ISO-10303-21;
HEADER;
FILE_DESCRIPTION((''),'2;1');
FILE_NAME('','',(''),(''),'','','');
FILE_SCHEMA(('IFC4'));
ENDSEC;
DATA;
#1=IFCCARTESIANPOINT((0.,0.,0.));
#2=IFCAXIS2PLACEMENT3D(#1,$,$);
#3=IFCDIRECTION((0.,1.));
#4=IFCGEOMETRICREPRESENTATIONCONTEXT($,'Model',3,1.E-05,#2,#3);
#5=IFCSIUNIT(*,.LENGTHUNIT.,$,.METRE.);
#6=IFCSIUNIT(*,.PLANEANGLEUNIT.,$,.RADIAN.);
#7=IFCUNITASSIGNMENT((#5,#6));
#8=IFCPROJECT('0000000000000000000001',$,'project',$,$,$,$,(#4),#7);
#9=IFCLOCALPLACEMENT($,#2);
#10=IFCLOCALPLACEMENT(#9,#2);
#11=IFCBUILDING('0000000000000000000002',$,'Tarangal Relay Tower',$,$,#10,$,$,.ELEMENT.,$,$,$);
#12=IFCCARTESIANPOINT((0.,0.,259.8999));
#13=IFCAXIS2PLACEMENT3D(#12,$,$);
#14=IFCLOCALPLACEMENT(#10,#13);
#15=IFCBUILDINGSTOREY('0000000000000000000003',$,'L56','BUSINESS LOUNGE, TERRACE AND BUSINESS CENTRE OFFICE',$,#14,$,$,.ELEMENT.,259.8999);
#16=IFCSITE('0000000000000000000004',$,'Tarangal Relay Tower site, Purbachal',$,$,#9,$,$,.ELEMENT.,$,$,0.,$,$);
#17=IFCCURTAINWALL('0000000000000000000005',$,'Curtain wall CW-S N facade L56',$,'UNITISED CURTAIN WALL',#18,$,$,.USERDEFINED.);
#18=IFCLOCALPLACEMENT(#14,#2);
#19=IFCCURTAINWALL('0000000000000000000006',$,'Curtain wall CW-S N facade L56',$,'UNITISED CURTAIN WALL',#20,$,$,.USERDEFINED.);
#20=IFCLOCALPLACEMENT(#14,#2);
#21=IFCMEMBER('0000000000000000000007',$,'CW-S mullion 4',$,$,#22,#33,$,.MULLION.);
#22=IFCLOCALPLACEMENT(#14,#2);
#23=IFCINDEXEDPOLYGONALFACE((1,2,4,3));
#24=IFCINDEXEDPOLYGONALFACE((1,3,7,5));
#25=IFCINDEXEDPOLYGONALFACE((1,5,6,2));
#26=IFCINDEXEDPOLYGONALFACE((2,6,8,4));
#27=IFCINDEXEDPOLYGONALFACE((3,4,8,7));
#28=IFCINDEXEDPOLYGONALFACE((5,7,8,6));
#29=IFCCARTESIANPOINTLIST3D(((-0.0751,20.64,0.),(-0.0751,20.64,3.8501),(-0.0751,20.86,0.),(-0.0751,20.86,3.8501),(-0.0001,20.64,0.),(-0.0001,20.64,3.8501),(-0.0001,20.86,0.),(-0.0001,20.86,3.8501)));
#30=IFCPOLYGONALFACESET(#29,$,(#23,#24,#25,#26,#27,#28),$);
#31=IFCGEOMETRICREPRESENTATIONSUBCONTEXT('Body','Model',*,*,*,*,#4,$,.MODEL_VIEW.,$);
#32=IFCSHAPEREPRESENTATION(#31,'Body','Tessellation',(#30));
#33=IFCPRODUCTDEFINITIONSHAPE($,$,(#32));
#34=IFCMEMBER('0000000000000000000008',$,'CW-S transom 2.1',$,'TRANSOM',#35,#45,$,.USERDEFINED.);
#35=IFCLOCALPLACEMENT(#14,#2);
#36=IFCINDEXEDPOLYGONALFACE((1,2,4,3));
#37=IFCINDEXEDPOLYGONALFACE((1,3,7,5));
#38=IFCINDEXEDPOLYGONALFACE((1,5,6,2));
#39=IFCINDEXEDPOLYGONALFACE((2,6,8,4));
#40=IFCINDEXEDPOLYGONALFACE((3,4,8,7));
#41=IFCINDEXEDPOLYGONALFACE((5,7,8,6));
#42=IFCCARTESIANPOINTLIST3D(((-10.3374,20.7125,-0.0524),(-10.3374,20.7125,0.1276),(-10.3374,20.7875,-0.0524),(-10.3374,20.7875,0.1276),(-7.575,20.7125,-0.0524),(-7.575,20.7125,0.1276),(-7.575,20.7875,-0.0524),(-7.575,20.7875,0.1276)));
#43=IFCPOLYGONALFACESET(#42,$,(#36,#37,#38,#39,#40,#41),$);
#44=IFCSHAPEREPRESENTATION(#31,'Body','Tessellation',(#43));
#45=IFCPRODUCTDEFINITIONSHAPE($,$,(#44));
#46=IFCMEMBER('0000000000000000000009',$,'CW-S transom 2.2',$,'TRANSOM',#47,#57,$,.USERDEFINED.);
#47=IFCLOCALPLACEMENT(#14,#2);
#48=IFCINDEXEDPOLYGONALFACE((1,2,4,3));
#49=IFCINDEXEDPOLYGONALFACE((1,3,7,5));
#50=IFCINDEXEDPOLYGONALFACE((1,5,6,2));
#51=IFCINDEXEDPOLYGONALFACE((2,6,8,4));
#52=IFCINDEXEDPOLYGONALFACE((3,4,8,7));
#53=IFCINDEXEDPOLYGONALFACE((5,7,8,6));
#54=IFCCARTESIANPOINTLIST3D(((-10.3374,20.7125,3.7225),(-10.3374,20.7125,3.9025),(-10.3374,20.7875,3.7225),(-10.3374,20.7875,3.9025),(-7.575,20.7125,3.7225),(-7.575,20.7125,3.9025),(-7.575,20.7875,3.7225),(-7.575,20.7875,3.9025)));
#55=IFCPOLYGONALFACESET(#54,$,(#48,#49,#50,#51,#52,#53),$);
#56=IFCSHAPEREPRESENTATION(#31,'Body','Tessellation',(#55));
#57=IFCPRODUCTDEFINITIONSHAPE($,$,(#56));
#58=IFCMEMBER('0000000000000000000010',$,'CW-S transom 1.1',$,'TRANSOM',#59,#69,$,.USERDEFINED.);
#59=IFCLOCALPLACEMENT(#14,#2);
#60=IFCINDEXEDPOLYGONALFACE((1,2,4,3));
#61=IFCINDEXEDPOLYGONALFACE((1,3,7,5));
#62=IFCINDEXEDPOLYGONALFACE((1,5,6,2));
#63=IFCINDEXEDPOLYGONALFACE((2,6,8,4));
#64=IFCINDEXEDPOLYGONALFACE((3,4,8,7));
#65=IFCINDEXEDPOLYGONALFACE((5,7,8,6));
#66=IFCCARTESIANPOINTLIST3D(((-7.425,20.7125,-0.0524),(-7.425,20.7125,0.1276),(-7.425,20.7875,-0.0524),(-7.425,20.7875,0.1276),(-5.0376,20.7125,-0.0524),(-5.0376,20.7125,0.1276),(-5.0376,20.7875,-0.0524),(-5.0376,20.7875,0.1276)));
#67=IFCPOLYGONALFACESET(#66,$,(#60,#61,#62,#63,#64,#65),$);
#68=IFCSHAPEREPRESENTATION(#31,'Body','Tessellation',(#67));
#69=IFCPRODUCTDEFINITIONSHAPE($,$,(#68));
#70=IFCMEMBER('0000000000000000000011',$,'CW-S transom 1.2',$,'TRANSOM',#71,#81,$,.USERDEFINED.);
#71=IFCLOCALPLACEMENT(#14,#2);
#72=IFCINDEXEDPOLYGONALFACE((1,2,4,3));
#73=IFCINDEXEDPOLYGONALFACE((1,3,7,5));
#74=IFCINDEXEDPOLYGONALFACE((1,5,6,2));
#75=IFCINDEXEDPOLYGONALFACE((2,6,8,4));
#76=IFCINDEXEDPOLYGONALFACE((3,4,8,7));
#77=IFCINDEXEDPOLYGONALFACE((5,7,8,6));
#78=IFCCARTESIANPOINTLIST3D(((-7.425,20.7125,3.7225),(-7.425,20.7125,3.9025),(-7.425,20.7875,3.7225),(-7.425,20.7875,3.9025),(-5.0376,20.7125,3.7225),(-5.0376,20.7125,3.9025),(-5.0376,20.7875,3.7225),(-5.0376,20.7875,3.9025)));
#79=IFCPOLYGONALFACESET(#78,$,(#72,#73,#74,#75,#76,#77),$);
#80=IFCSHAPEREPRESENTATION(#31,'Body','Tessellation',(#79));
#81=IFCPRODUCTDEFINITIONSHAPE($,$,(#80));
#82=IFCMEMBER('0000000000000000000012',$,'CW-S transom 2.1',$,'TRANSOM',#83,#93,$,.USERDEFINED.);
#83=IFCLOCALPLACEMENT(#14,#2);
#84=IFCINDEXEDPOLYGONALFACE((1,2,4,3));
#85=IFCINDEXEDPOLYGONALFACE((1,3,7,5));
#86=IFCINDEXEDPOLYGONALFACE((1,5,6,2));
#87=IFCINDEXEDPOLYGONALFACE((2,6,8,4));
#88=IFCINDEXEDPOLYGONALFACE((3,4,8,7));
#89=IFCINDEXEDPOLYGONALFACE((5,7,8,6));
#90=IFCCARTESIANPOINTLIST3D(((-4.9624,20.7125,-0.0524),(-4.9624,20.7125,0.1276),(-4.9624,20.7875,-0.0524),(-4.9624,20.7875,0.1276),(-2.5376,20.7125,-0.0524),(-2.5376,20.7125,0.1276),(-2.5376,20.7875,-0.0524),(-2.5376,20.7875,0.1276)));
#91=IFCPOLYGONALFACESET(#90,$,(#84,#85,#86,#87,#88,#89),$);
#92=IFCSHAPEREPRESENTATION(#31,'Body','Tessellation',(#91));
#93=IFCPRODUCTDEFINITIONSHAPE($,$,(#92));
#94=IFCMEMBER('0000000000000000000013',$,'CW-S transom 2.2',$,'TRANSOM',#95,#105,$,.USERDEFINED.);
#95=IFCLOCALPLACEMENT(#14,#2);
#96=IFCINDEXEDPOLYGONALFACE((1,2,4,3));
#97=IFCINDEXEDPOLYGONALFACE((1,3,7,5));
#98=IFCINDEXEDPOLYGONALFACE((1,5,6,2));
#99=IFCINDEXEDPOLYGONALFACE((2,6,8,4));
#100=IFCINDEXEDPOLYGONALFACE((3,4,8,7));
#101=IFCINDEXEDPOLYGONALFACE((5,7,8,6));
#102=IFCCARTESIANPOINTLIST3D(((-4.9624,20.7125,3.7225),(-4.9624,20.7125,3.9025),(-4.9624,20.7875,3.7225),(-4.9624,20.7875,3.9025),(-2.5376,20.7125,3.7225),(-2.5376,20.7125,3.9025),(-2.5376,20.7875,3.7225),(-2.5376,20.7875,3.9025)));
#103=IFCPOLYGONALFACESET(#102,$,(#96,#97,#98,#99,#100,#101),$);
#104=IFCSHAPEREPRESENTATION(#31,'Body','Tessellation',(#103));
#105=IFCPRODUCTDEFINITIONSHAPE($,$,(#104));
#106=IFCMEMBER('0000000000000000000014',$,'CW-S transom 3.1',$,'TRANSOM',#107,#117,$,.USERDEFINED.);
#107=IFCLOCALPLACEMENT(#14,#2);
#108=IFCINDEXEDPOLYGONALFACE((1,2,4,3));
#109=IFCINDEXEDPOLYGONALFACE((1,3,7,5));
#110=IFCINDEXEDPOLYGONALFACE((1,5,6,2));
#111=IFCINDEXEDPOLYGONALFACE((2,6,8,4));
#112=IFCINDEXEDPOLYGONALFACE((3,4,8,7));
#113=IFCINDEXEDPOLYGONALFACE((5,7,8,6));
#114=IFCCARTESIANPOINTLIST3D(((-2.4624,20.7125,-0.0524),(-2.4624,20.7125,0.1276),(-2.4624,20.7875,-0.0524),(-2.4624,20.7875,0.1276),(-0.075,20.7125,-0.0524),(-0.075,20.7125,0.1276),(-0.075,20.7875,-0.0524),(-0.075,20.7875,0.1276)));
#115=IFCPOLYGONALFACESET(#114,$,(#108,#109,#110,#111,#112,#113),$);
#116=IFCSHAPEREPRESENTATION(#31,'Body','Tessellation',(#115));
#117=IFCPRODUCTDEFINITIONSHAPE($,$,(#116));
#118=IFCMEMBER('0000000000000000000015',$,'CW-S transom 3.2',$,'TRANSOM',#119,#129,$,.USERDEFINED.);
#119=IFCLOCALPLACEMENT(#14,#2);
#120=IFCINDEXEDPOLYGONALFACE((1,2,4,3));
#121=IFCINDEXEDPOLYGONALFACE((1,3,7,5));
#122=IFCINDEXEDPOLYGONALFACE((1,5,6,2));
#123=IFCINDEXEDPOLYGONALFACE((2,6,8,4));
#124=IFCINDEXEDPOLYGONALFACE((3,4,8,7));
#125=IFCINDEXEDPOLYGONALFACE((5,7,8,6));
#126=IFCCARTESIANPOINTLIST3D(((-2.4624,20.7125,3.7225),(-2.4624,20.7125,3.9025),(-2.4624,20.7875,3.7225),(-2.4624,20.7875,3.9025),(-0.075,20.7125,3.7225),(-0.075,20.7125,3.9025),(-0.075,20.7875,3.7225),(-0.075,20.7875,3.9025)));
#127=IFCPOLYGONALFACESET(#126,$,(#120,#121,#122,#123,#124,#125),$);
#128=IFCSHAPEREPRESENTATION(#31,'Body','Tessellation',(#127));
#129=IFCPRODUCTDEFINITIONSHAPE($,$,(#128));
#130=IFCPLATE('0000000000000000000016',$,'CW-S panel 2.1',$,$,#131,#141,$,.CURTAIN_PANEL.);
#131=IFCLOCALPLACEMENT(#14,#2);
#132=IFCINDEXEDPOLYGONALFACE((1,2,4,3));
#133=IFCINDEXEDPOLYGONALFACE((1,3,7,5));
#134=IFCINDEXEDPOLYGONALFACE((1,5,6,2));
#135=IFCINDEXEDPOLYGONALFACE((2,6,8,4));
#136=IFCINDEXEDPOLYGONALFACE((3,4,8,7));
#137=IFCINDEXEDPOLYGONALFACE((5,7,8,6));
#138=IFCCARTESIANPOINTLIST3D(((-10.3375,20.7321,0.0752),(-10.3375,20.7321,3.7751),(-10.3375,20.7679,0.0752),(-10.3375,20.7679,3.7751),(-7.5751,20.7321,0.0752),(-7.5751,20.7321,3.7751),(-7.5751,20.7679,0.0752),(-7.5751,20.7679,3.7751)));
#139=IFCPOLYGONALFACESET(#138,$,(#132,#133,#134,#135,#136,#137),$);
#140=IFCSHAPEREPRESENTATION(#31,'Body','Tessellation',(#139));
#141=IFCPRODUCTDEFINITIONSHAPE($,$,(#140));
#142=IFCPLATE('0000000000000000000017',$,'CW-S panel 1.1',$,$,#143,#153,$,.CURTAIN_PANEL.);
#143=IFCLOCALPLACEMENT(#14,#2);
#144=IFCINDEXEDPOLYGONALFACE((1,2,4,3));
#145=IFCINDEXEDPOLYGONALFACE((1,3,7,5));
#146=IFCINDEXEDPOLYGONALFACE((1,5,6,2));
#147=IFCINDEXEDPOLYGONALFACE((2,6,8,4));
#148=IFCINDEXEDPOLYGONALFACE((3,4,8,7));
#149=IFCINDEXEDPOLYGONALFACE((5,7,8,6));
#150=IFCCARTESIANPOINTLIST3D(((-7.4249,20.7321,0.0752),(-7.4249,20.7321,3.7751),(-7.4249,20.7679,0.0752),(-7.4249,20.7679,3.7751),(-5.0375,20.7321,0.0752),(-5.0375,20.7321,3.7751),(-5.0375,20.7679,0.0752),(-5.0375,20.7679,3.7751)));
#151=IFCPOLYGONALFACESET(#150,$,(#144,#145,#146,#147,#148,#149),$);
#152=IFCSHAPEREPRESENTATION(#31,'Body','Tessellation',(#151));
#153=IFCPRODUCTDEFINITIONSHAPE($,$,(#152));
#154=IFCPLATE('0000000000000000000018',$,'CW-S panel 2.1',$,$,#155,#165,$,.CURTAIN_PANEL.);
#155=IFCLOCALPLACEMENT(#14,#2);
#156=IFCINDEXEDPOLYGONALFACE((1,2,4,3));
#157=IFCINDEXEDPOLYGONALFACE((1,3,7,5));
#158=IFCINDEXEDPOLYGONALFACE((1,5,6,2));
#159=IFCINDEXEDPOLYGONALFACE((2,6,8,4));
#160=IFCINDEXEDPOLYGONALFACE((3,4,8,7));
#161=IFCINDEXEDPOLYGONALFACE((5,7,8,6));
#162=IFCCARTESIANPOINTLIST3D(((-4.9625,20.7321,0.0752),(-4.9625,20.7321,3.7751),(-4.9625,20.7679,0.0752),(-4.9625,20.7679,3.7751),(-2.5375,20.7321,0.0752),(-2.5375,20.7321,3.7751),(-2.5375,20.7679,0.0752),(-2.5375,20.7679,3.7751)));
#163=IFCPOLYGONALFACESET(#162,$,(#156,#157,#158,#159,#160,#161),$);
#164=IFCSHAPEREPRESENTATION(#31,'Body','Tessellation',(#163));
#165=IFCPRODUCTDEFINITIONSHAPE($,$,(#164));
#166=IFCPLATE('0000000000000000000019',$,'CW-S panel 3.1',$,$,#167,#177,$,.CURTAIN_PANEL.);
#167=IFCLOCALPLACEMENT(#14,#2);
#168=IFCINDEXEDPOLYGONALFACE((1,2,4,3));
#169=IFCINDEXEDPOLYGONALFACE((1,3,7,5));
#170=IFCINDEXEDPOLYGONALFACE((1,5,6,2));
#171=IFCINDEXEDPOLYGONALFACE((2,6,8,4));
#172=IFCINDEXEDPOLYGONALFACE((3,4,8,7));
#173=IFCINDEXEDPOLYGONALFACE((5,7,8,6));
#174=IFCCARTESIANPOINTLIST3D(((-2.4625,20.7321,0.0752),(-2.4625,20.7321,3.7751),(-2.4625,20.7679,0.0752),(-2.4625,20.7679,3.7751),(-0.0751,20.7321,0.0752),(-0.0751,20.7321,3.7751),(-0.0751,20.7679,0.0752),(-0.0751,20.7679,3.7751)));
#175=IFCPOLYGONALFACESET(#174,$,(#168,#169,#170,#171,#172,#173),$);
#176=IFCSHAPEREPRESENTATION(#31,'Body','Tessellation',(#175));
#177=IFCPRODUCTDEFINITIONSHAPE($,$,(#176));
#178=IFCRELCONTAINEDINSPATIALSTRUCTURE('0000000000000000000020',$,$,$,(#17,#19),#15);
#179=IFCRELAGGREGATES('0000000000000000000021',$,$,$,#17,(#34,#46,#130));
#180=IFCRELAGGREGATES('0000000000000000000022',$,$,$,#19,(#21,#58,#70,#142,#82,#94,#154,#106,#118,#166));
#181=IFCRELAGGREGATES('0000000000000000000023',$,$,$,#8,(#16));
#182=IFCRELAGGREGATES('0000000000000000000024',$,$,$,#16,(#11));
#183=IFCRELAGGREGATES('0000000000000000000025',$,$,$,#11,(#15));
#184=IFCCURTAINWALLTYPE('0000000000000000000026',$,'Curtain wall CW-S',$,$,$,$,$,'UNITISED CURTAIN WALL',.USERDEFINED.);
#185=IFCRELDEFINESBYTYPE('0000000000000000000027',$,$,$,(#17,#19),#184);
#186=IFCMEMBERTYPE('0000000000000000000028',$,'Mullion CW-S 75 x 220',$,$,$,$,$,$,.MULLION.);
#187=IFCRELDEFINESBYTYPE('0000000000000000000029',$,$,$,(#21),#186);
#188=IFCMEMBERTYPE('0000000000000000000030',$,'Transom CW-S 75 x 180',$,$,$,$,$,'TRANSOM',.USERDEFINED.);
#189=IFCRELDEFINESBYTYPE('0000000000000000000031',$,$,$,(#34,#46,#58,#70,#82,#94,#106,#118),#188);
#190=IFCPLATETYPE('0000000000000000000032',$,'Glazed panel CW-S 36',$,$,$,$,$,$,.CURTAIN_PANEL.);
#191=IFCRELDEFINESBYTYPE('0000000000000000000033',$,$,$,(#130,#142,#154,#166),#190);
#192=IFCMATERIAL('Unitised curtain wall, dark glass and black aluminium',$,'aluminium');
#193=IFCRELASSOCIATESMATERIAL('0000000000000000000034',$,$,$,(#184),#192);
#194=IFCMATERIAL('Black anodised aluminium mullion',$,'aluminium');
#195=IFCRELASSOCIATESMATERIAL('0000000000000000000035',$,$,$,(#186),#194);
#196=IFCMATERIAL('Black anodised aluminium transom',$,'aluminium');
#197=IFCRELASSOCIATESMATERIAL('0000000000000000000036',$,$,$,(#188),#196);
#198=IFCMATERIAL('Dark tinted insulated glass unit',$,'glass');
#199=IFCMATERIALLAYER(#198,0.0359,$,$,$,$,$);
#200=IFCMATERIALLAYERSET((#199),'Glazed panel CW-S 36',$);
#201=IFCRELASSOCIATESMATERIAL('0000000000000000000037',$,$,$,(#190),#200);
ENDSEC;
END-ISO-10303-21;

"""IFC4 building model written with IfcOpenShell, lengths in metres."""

from ifc_helpers import new_model, si_unit, direction, frame, origin, origin_2d, place, context, subcontext, project, spatial, rectangle, extrude, material, layer, layer_set, material_profile, profile_set, type_object, element, aggregate, save


model = new_model("IFC4")

# Units and contexts
model_context = context("Model", 3, precision=1e-05, world=origin(), true_north=direction((0.0, 1.0)))
body_context = subcontext(model_context, "Body", "Model", "MODEL_VIEW")
ifc_project = project(units=[si_unit("LENGTHUNIT", "METRE"), si_unit("PLANEANGLEUNIT", "RADIAN")], contexts=[model_context])

# Site, building, storey
site_placement = place(None, origin())
site = spatial("IfcSite", under=ifc_project, at=site_placement, Name="Tarangal Relay Tower site, Purbachal", CompositionType="ELEMENT", RefElevation=0.0)
building_placement = place(site_placement, origin())
building = spatial("IfcBuilding", under=site, at=building_placement, Name="Tarangal Relay Tower", CompositionType="ELEMENT")
storey_placement = place(building_placement, frame((0.0, 0.0, 259.8999)))
storey = spatial("IfcBuildingStorey", under=building, at=storey_placement, Name="L56", Description="BUSINESS LOUNGE, TERRACE AND BUSINESS CENTRE OFFICE", CompositionType="ELEMENT", Elevation=259.8999)

# Curtain walls, member
ifc_material_1 = material(Name="Unitised curtain wall, dark glass and black aluminium", Category="aluminium")
curtain_wall_type = type_object("IfcCurtainWallType", Name="Curtain wall CW-S", ElementType="UNITISED CURTAIN WALL", PredefinedType="USERDEFINED", material=ifc_material_1)
curtain_wall_1_placement = place(storey_placement, origin())
curtain_wall_1 = element("IfcCurtainWall", 1, at=curtain_wall_1_placement, inside=storey, type_object=curtain_wall_type, Name="Curtain wall CW-S N facade L56", ObjectType="UNITISED CURTAIN WALL", PredefinedType="USERDEFINED")
ifc_material_2 = material(Name="Black anodised aluminium mullion", Category="aluminium")
ifc_material_profile_1 = material_profile(ifc_material_2, rectangle(XDim=0.22, YDim=0.075, at=origin_2d()), Name="CW-SM 75X220")
ifc_profile_set_1 = profile_set([ifc_material_profile_1], Name="Black anodised aluminium mullion")
member_type_1 = type_object("IfcMemberType", Name="Mullion CW-S 75 x 220", PredefinedType="MULLION", material=ifc_profile_set_1)
curtain_wall_2_placement = place(storey_placement, origin())
curtain_wall_2 = element("IfcCurtainWall", 2, at=curtain_wall_2_placement, inside=storey, type_object=curtain_wall_type, Name="Curtain wall CW-S N facade L56", ObjectType="UNITISED CURTAIN WALL", PredefinedType="USERDEFINED")
member_1_placement = place(storey_placement, frame((-0.0376, 20.75, 0.0), z_axis=(0.0, 0.0, 1.0), x_axis=(0.0, 1.0, 0.0)))
member_1 = element("IfcMember", 3, at=member_1_placement, type_object=member_type_1, Name="CW-S mullion 4", PredefinedType="MULLION", context=body_context, shape_type="SweptSolid", body=[
    extrude(rectangle(XDim=0.22, YDim=0.075, at=origin_2d()), origin(), (0.0, 0.0, 1.0), 3.8501),
])

# Members
ifc_material_3 = material(Name="Black anodised aluminium transom", Category="aluminium")
ifc_material_profile_2 = material_profile(ifc_material_3, rectangle(XDim=0.075, YDim=0.1799, at=origin_2d()), Name="CW-ST 75X180")
ifc_profile_set_2 = profile_set([ifc_material_profile_2], Name="Black anodised aluminium transom")
member_type_2 = type_object("IfcMemberType", Name="Transom CW-S 75 x 180", ElementType="TRANSOM", PredefinedType="USERDEFINED", material=ifc_profile_set_2)
member_2_placement = place(storey_placement, frame((-10.3374, 20.75, 0.0376), z_axis=(1.0, 0.0, 0.0), x_axis=(0.0, 1.0, 0.0)))
member_2 = element("IfcMember", 4, at=member_2_placement, type_object=member_type_2, Name="CW-S transom 2.1", ObjectType="TRANSOM", PredefinedType="USERDEFINED", context=body_context, shape_type="SweptSolid", body=[
    extrude(rectangle(XDim=0.075, YDim=0.1799, at=origin_2d()), origin(), (0.0, 0.0, 1.0), 2.7625),
])
member_3_placement = place(storey_placement, frame((-10.3374, 20.75, 3.8125), z_axis=(1.0, 0.0, 0.0), x_axis=(0.0, 1.0, 0.0)))
member_3 = element("IfcMember", 5, at=member_3_placement, type_object=member_type_2, Name="CW-S transom 2.2", ObjectType="TRANSOM", PredefinedType="USERDEFINED", context=body_context, shape_type="SweptSolid", body=[
    extrude(rectangle(XDim=0.075, YDim=0.1799, at=origin_2d()), origin(), (0.0, 0.0, 1.0), 2.7625),
])
member_4_placement = place(storey_placement, frame((-7.425, 20.75, 0.0376), z_axis=(1.0, 0.0, 0.0), x_axis=(0.0, 1.0, 0.0)))
member_4 = element("IfcMember", 6, at=member_4_placement, type_object=member_type_2, Name="CW-S transom 1.1", ObjectType="TRANSOM", PredefinedType="USERDEFINED", context=body_context, shape_type="SweptSolid", body=[
    extrude(rectangle(XDim=0.075, YDim=0.1799, at=origin_2d()), origin(), (0.0, 0.0, 1.0), 2.3875),
])
member_5_placement = place(storey_placement, frame((-7.425, 20.75, 3.8125), z_axis=(1.0, 0.0, 0.0), x_axis=(0.0, 1.0, 0.0)))
member_5 = element("IfcMember", 7, at=member_5_placement, type_object=member_type_2, Name="CW-S transom 1.2", ObjectType="TRANSOM", PredefinedType="USERDEFINED", context=body_context, shape_type="SweptSolid", body=[
    extrude(rectangle(XDim=0.075, YDim=0.1799, at=origin_2d()), origin(), (0.0, 0.0, 1.0), 2.3875),
])
member_6_placement = place(storey_placement, frame((-4.9624, 20.75, 0.0376), z_axis=(1.0, 0.0, 0.0), x_axis=(0.0, 1.0, 0.0)))
member_6 = element("IfcMember", 8, at=member_6_placement, type_object=member_type_2, Name="CW-S transom 2.1", ObjectType="TRANSOM", PredefinedType="USERDEFINED", context=body_context, shape_type="SweptSolid", body=[
    extrude(rectangle(XDim=0.075, YDim=0.1799, at=origin_2d()), origin(), (0.0, 0.0, 1.0), 2.4248),
])
member_7_placement = place(storey_placement, frame((-4.9624, 20.75, 3.8125), z_axis=(1.0, 0.0, 0.0), x_axis=(0.0, 1.0, 0.0)))
member_7 = element("IfcMember", 9, at=member_7_placement, type_object=member_type_2, Name="CW-S transom 2.2", ObjectType="TRANSOM", PredefinedType="USERDEFINED", context=body_context, shape_type="SweptSolid", body=[
    extrude(rectangle(XDim=0.075, YDim=0.1799, at=origin_2d()), origin(), (0.0, 0.0, 1.0), 2.4248),
])
member_8_placement = place(storey_placement, frame((-2.4624, 20.75, 0.0376), z_axis=(1.0, 0.0, 0.0), x_axis=(0.0, 1.0, 0.0)))
member_8 = element("IfcMember", 10, at=member_8_placement, type_object=member_type_2, Name="CW-S transom 3.1", ObjectType="TRANSOM", PredefinedType="USERDEFINED", context=body_context, shape_type="SweptSolid", body=[
    extrude(rectangle(XDim=0.075, YDim=0.1799, at=origin_2d()), origin(), (0.0, 0.0, 1.0), 2.3875),
])
member_9_placement = place(storey_placement, frame((-2.4624, 20.75, 3.8125), z_axis=(1.0, 0.0, 0.0), x_axis=(0.0, 1.0, 0.0)))
member_9 = element("IfcMember", 11, at=member_9_placement, type_object=member_type_2, Name="CW-S transom 3.2", ObjectType="TRANSOM", PredefinedType="USERDEFINED", context=body_context, shape_type="SweptSolid", body=[
    extrude(rectangle(XDim=0.075, YDim=0.1799, at=origin_2d()), origin(), (0.0, 0.0, 1.0), 2.3875),
])

# Plates
ifc_material_4 = material(Name="Dark tinted insulated glass unit", Category="glass")
ifc_layer_1 = layer(ifc_material_4, 0.0359)
ifc_layer_set_1 = layer_set([ifc_layer_1], Name="Glazed panel CW-S 36")
plate_type = type_object("IfcPlateType", Name="Glazed panel CW-S 36", PredefinedType="CURTAIN_PANEL", material=ifc_layer_set_1)
plate_1_placement = place(storey_placement, frame((-8.9563, 20.75, 0.0752), z_axis=(0.0, 0.0, 1.0), x_axis=(1.0, 0.0, 0.0)))
plate_1 = element("IfcPlate", 12, at=plate_1_placement, type_object=plate_type, Name="CW-S panel 2.1", PredefinedType="CURTAIN_PANEL", context=body_context, shape_type="SweptSolid", body=[
    extrude(rectangle(XDim=2.7625, YDim=0.0359, at=origin_2d()), origin(), (0.0, 0.0, 1.0), 3.7),
])
aggregate(curtain_wall_1, [member_2, member_3, plate_1])
plate_2_placement = place(storey_placement, frame((-6.2312, 20.75, 0.0752), z_axis=(0.0, 0.0, 1.0), x_axis=(1.0, 0.0, 0.0)))
plate_2 = element("IfcPlate", 13, at=plate_2_placement, type_object=plate_type, Name="CW-S panel 1.1", PredefinedType="CURTAIN_PANEL", context=body_context, shape_type="SweptSolid", body=[
    extrude(rectangle(XDim=2.3875, YDim=0.0359, at=origin_2d()), origin(), (0.0, 0.0, 1.0), 3.7),
])
plate_3_placement = place(storey_placement, frame((-3.75, 20.75, 0.0752), z_axis=(0.0, 0.0, 1.0), x_axis=(1.0, 0.0, 0.0)))
plate_3 = element("IfcPlate", 14, at=plate_3_placement, type_object=plate_type, Name="CW-S panel 2.1", PredefinedType="CURTAIN_PANEL", context=body_context, shape_type="SweptSolid", body=[
    extrude(rectangle(XDim=2.425, YDim=0.0359, at=origin_2d()), origin(), (0.0, 0.0, 1.0), 3.7),
])
plate_4_placement = place(storey_placement, frame((-1.2688, 20.75, 0.0752), z_axis=(0.0, 0.0, 1.0), x_axis=(1.0, 0.0, 0.0)))
plate_4 = element("IfcPlate", 15, at=plate_4_placement, type_object=plate_type, Name="CW-S panel 3.1", PredefinedType="CURTAIN_PANEL", context=body_context, shape_type="SweptSolid", body=[
    extrude(rectangle(XDim=2.3875, YDim=0.0359, at=origin_2d()), origin(), (0.0, 0.0, 1.0), 3.7),
])
aggregate(curtain_wall_2, [member_1, member_4, member_5, plate_2, member_6, member_7, plate_3, member_8, member_9, plate_4])

save(model, "model.ifc")
